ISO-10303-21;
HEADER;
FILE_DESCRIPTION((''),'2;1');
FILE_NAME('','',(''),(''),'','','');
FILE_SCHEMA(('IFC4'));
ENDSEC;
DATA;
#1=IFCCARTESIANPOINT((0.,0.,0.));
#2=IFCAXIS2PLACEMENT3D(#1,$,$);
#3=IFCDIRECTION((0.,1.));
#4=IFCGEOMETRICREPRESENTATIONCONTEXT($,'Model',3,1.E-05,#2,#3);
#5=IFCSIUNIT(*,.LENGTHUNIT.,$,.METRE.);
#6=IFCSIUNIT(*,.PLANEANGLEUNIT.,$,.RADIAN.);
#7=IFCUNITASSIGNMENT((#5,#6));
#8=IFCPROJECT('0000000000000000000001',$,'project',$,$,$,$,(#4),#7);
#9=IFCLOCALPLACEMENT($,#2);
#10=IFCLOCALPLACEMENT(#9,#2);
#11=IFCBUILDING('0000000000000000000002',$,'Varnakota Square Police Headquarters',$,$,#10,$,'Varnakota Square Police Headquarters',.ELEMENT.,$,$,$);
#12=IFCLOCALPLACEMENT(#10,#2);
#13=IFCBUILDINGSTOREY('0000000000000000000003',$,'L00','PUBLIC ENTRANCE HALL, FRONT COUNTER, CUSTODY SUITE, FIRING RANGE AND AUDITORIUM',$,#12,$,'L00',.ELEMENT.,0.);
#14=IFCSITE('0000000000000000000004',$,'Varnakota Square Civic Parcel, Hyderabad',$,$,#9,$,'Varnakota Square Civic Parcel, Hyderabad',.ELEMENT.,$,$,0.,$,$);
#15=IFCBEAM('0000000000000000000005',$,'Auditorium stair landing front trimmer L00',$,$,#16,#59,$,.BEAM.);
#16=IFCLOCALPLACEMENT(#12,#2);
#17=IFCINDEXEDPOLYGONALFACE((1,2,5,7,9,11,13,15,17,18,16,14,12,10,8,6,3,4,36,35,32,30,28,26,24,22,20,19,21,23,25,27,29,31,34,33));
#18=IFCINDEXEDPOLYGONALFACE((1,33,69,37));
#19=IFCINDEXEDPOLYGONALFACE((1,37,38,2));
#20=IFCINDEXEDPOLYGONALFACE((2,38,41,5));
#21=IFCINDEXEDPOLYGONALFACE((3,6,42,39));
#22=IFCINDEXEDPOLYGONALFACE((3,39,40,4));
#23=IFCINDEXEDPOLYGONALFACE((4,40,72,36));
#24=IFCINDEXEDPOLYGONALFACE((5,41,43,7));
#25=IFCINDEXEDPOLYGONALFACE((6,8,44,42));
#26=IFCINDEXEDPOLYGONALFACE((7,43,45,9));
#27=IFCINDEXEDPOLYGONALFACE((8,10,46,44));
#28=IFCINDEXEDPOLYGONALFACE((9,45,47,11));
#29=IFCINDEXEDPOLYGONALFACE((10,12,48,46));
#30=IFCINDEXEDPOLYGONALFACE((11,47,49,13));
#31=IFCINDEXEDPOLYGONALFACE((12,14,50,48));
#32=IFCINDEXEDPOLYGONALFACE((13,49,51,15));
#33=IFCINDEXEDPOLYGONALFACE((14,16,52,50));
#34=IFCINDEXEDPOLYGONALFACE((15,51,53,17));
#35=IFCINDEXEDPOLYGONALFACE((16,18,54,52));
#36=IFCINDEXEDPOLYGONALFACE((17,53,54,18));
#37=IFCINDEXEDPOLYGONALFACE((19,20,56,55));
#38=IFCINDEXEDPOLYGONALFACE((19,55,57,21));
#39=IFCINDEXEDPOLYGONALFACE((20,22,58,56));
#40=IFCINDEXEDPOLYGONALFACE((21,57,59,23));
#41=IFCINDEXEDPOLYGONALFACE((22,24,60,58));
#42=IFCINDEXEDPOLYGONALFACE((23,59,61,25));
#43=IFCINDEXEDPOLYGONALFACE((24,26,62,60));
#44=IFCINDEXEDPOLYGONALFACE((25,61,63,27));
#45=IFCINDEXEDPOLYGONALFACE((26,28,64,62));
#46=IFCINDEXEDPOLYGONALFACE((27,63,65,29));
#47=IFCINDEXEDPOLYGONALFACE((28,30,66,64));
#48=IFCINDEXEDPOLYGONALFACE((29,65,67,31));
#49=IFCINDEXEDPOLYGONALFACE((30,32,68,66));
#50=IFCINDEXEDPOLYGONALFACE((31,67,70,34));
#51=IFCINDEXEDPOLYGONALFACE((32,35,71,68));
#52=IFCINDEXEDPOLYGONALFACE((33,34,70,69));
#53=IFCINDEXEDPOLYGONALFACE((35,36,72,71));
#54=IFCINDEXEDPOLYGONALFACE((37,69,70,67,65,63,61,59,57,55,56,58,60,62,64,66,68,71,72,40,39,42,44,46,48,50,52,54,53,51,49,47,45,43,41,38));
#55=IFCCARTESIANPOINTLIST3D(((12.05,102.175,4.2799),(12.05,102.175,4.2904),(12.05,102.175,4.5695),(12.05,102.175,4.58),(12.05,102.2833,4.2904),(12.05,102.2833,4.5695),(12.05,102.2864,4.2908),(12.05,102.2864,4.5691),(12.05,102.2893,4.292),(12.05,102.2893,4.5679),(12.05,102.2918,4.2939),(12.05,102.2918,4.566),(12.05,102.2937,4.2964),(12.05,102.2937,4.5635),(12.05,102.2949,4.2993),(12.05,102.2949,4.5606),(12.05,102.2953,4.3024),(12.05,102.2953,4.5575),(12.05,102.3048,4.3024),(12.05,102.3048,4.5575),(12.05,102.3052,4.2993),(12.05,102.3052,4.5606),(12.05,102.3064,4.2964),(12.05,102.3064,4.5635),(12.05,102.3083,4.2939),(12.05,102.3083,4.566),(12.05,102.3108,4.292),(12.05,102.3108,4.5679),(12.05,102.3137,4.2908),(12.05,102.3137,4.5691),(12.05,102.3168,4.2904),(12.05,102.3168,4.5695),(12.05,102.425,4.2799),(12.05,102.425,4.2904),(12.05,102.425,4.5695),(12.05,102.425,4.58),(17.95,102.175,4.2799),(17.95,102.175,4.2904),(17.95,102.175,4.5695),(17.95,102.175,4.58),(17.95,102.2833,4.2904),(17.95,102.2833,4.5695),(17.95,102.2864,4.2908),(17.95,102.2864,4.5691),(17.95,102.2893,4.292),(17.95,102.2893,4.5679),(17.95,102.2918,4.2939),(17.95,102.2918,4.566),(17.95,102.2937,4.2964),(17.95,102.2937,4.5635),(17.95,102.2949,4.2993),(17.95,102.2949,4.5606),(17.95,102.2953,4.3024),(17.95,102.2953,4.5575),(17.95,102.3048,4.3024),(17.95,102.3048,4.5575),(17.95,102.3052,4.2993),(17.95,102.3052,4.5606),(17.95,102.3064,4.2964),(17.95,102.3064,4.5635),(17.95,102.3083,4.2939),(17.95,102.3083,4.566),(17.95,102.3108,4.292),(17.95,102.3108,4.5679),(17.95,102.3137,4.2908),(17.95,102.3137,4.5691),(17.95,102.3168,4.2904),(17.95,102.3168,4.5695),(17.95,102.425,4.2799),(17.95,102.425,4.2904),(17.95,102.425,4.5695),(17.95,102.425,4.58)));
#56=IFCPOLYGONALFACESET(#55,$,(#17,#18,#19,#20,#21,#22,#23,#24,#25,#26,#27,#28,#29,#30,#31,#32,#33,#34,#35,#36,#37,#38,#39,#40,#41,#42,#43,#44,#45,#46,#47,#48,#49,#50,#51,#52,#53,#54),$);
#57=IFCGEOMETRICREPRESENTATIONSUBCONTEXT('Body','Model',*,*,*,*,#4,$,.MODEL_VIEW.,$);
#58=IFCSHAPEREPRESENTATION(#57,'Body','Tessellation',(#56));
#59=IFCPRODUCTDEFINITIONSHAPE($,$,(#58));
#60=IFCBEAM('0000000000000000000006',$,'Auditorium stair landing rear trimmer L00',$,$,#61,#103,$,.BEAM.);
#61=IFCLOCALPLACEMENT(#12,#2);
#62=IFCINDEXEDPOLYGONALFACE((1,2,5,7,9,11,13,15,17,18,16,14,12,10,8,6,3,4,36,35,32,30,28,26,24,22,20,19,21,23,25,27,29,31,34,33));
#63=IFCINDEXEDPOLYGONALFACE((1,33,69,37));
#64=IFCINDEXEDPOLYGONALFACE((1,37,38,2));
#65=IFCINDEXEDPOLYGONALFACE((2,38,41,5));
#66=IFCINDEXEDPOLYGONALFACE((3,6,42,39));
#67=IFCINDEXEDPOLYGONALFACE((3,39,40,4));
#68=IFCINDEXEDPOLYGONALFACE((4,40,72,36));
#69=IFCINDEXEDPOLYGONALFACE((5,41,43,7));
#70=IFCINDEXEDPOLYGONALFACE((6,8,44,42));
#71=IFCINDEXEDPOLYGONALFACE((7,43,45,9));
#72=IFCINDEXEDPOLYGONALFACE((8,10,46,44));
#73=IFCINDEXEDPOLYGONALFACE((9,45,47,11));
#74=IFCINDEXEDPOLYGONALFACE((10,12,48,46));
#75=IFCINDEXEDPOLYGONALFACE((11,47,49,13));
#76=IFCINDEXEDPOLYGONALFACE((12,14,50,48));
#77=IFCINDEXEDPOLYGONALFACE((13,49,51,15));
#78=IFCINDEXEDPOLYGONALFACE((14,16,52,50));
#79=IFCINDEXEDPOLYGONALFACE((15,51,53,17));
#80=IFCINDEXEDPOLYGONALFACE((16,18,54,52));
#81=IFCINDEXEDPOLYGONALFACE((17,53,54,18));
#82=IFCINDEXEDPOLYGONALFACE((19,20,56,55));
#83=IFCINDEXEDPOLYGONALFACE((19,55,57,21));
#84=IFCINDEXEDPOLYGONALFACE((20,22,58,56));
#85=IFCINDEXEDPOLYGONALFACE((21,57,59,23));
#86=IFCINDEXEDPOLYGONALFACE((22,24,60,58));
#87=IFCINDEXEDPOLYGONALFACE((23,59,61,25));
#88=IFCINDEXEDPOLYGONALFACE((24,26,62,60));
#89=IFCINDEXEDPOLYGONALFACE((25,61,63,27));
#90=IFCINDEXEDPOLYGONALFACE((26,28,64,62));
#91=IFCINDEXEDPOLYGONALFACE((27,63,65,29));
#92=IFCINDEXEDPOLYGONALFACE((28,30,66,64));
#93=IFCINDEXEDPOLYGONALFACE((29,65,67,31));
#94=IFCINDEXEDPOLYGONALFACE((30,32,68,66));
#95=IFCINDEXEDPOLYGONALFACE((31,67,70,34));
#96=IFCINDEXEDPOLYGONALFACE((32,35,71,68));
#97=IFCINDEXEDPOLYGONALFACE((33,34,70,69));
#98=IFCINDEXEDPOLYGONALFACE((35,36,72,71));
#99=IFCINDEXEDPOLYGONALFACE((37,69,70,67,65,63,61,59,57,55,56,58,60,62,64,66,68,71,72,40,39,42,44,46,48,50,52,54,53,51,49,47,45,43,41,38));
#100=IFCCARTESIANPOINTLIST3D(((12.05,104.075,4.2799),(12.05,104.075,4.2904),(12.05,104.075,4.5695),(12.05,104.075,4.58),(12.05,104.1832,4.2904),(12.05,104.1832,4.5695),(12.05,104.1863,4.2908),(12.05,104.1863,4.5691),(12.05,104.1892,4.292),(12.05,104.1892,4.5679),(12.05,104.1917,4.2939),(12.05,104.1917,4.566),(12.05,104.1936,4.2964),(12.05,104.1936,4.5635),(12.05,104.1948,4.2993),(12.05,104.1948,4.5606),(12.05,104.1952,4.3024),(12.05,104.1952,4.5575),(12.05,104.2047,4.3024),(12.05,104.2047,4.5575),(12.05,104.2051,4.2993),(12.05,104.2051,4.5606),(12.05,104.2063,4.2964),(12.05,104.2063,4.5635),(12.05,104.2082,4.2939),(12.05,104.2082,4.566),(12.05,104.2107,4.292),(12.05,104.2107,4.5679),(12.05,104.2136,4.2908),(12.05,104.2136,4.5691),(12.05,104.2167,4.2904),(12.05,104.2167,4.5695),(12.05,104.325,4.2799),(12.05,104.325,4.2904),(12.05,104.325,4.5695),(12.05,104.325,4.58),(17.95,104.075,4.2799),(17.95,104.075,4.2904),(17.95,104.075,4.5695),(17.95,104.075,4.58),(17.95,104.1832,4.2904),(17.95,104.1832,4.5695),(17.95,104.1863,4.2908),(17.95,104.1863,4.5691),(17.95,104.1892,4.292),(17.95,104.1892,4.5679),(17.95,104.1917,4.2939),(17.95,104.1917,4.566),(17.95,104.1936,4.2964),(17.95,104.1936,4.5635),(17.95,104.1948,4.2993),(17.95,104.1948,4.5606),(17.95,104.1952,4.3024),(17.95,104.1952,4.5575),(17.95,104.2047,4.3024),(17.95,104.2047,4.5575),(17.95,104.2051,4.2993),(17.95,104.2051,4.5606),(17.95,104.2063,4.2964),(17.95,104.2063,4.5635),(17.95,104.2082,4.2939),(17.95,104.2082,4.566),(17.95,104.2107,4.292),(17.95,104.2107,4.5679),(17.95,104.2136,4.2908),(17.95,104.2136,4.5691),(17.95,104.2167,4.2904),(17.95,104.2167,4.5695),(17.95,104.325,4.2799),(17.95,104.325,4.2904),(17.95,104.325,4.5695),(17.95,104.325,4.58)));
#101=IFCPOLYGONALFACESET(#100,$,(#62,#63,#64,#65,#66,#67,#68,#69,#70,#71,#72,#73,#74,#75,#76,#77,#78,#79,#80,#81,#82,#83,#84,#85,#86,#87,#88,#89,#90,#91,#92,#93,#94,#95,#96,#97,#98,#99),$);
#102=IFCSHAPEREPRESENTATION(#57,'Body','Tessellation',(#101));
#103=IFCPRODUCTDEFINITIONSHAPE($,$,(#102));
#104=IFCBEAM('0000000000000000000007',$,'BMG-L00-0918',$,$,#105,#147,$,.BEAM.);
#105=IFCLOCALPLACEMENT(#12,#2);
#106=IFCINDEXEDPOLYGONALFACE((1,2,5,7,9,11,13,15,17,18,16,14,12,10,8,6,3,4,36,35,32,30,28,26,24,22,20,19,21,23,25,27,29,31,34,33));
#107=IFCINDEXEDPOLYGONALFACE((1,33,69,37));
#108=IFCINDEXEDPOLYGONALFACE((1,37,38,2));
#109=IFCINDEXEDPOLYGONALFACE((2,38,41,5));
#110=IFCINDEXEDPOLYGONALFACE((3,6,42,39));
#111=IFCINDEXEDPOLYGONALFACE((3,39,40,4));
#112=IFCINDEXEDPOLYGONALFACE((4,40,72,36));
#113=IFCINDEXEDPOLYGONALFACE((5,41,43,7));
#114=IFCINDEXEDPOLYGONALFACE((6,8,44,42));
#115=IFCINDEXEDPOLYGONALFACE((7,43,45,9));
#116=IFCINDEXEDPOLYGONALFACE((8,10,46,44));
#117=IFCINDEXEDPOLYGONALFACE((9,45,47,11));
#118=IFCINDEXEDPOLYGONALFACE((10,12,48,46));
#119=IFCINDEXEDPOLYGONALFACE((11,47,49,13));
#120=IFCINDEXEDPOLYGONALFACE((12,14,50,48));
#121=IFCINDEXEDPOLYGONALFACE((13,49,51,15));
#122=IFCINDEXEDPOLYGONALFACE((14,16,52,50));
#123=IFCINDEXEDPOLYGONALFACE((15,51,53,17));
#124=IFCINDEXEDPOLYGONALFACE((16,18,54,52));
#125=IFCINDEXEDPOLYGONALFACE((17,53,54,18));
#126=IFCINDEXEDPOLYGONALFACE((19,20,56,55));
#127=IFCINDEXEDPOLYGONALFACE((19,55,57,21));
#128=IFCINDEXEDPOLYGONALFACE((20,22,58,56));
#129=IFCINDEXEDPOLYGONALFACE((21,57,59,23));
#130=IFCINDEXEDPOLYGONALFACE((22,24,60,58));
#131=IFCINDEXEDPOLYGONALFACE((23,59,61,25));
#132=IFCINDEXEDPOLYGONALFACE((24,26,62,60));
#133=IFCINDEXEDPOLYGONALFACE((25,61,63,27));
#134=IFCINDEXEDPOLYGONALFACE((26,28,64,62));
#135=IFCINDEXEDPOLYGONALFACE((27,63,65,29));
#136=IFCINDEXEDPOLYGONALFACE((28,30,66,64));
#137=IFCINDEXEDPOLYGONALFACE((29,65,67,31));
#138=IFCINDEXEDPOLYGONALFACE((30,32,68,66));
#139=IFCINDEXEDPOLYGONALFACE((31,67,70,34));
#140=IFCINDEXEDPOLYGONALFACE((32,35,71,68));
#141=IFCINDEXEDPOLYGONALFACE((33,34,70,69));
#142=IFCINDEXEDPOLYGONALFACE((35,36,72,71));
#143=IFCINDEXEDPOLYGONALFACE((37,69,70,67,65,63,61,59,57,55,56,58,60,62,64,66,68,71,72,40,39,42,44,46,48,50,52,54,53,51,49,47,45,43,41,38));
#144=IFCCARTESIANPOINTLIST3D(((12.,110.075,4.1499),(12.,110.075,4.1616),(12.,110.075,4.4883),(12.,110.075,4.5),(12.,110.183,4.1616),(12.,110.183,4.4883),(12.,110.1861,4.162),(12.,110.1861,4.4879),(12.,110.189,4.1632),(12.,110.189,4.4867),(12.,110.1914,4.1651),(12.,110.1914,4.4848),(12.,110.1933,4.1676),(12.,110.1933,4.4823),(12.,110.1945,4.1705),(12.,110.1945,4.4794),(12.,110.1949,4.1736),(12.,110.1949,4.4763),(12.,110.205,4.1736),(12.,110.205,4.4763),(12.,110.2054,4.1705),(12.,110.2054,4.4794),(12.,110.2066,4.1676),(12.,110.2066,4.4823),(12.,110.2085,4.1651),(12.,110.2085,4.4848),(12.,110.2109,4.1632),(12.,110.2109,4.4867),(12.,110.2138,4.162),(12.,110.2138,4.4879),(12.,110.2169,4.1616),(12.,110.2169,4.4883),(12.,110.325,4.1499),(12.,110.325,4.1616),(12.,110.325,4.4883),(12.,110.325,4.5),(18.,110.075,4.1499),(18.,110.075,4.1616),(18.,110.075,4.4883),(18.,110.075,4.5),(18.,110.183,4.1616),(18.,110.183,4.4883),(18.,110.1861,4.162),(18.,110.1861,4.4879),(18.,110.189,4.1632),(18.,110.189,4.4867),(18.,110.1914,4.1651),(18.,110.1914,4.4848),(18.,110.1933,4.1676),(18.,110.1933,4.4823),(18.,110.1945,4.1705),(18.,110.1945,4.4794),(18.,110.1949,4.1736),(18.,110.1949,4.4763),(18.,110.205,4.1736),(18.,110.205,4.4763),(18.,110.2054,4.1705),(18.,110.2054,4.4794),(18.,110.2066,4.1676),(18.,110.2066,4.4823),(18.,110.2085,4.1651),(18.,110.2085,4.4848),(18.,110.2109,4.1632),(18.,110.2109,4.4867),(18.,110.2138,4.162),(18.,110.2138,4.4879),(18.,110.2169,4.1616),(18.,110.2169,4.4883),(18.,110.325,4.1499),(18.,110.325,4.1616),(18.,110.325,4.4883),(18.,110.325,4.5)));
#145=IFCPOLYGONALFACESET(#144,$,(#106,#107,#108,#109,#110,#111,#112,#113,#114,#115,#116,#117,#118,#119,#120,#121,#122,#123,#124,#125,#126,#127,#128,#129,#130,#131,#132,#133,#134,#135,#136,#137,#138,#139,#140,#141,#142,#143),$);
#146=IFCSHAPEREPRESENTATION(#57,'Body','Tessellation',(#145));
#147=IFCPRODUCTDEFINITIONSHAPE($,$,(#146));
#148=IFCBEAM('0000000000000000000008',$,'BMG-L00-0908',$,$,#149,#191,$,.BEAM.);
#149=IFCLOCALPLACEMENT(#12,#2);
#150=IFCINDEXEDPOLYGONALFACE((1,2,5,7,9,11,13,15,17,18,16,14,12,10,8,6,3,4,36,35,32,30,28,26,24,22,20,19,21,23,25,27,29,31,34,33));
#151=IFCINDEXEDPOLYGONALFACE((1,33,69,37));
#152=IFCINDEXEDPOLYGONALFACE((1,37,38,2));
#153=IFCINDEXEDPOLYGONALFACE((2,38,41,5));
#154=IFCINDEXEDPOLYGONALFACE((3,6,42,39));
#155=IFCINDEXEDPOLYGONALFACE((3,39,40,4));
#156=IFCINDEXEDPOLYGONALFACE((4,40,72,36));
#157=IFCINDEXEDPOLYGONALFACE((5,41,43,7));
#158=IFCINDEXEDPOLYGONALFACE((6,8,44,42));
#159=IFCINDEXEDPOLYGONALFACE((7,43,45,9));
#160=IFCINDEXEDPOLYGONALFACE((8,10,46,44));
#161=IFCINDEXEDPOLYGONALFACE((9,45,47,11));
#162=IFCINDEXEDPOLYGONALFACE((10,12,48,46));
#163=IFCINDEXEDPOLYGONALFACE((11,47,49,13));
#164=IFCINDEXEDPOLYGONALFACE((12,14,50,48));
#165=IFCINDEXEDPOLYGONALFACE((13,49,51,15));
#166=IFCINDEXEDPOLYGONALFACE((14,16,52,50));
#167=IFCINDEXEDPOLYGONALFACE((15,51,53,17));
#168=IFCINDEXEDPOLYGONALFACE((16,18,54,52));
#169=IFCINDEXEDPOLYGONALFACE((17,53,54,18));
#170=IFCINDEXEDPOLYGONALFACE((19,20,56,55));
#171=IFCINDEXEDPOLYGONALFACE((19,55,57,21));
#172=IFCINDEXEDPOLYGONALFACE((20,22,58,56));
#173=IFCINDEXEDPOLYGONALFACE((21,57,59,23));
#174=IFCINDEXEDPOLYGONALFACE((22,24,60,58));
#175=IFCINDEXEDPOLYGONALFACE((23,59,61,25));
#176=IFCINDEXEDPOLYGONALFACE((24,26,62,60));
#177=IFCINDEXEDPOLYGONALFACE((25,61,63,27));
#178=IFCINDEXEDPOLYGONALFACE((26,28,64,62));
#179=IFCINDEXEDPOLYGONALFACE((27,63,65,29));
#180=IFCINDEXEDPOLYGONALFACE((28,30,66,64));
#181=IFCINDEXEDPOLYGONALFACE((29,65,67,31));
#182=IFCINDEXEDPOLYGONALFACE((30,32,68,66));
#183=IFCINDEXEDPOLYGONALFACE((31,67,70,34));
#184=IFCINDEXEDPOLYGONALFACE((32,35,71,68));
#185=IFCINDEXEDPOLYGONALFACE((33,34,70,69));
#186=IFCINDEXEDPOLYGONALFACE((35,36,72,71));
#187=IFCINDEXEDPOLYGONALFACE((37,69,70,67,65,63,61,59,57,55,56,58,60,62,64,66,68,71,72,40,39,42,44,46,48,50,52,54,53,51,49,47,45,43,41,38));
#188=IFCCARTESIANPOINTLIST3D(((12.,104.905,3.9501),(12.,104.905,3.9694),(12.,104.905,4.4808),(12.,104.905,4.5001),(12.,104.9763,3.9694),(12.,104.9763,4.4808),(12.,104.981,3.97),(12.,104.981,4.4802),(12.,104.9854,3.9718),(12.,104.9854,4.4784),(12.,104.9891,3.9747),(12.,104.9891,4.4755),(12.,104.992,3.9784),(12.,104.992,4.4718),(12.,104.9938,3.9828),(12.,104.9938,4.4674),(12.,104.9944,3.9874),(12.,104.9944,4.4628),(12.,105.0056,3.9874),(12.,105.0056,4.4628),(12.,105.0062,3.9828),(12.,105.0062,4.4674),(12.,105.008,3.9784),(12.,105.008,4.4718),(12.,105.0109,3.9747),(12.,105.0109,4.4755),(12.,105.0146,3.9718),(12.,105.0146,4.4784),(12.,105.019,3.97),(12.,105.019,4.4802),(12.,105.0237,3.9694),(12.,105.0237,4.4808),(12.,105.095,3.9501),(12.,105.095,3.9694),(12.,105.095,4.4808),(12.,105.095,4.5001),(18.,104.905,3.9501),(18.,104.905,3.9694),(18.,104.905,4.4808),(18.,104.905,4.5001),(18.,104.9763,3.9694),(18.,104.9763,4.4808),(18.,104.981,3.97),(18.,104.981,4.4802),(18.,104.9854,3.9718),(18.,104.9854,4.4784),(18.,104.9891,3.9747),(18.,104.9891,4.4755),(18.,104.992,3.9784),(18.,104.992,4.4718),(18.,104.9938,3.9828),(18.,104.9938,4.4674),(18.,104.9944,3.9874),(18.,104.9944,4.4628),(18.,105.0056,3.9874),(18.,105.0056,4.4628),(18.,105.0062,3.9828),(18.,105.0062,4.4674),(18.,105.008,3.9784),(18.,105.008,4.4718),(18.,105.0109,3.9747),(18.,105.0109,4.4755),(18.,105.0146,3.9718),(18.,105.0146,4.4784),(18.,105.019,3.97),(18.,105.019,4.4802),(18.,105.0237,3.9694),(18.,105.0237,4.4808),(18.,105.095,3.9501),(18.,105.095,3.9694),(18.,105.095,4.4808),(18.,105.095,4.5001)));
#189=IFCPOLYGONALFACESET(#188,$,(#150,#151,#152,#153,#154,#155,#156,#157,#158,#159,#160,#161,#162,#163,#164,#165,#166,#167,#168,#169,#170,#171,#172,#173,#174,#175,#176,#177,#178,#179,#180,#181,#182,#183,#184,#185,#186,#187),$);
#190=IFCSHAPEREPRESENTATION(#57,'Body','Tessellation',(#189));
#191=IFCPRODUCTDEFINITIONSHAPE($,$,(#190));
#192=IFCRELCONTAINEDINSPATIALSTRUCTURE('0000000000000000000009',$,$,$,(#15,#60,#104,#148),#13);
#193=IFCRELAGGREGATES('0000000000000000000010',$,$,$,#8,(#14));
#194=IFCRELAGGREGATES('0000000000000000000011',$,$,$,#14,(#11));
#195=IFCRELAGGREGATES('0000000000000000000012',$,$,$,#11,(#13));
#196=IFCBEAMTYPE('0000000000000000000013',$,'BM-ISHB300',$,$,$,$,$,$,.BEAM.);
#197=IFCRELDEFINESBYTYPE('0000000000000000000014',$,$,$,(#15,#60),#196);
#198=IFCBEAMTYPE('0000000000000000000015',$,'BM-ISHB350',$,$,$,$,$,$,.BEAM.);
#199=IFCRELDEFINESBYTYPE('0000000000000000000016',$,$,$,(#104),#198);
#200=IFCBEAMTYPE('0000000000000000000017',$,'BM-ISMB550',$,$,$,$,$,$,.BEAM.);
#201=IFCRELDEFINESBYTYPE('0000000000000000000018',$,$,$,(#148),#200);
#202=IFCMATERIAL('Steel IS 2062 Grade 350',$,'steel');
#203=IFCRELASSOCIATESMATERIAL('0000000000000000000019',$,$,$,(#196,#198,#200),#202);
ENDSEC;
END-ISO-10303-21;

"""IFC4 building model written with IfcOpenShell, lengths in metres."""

from ifc_helpers import new_model, si_unit, direction, frame, origin, origin_2d, place, context, subcontext, project, spatial, i_section, extrude, material, material_profile, profile_set, type_object, element, save


model = new_model("IFC4")

# Units and contexts
model_context = context("Model", 3, precision=1e-05, world=origin(), true_north=direction((0.0, 1.0)))
body_context = subcontext(model_context, "Body", "Model", "MODEL_VIEW")
ifc_project = project(units=[si_unit("LENGTHUNIT", "METRE"), si_unit("PLANEANGLEUNIT", "RADIAN")], contexts=[model_context])

# Site, building, storey
site_placement = place(None, origin())
site = spatial("IfcSite", under=ifc_project, at=site_placement, Name="Varnakota Square Civic Parcel, Hyderabad", LongName="Varnakota Square Civic Parcel, Hyderabad", CompositionType="ELEMENT", RefElevation=0.0)
building_placement = place(site_placement, origin())
building = spatial("IfcBuilding", under=site, at=building_placement, Name="Varnakota Square Police Headquarters", LongName="Varnakota Square Police Headquarters", CompositionType="ELEMENT")
storey_placement = place(building_placement, origin())
storey = spatial("IfcBuildingStorey", under=building, at=storey_placement, Name="L00", Description="PUBLIC ENTRANCE HALL, FRONT COUNTER, CUSTODY SUITE, FIRING RANGE AND AUDITORIUM", LongName="L00", CompositionType="ELEMENT", Elevation=0.0)

# Beams
ifc_material_1 = material(Name="Steel IS 2062 Grade 350", Category="steel")
ifc_material_profile_1 = material_profile(ifc_material_1, i_section(OverallWidth=0.25, OverallDepth=0.3, WebThickness=0.0095, FlangeThickness=0.0105, FilletRadius=0.012, at=origin_2d()), Name="ISHB 300")
ifc_profile_set_1 = profile_set([ifc_material_profile_1], Name="Steel IS 2062 Grade 350")
beam_type_1 = type_object("IfcBeamType", Name="BM-ISHB300", PredefinedType="BEAM", material=ifc_profile_set_1)
for number, where, z_axis, x_axis, name in (
    (1, (12.05, 102.3, 4.4299), (1.0, 0.0, 0.0), (0.0, 1.0, 0.0), "Auditorium stair landing front trimmer L00"),
    (2, (12.05, 104.2, 4.4299), (1.0, 0.0, 0.0), (0.0, 1.0, 0.0), "Auditorium stair landing rear trimmer L00"),
):
    element("IfcBeam", number, at=place(storey_placement, frame(where, z_axis=z_axis, x_axis=x_axis)), inside=storey, type_object=beam_type_1, Name=name, PredefinedType="BEAM", context=body_context, shape_type="SweptSolid", body=[
        extrude(i_section(OverallWidth=0.25, OverallDepth=0.3, WebThickness=0.0095, FlangeThickness=0.0105, FilletRadius=0.012, at=origin_2d()), origin(), (0.0, 0.0, 1.0), 5.8999),
    ])
ifc_material_profile_2 = material_profile(ifc_material_1, i_section(OverallWidth=0.25, OverallDepth=0.3501, WebThickness=0.01, FlangeThickness=0.0117, FilletRadius=0.012, at=origin_2d()), Name="ISHB 350")
ifc_profile_set_2 = profile_set([ifc_material_profile_2], Name="Steel IS 2062 Grade 350")
beam_type_2 = type_object("IfcBeamType", Name="BM-ISHB350", PredefinedType="BEAM", material=ifc_profile_set_2)
beam_1_placement = place(storey_placement, frame((12.0, 110.2, 4.325), z_axis=(1.0, 0.0, 0.0), x_axis=(0.0, 1.0, 0.0)))
element("IfcBeam", 3, at=beam_1_placement, inside=storey, type_object=beam_type_2, Name="BMG-L00-0918", PredefinedType="BEAM", context=body_context, shape_type="SweptSolid", body=[
    extrude(i_section(OverallWidth=0.25, OverallDepth=0.3501, WebThickness=0.01, FlangeThickness=0.0117, FilletRadius=0.012, at=origin_2d()), origin(), (0.0, 0.0, 1.0), 6.0),
])
ifc_material_profile_3 = material_profile(ifc_material_1, i_section(OverallWidth=0.1899, OverallDepth=0.55, WebThickness=0.0112, FlangeThickness=0.0193, FilletRadius=0.0181, at=origin_2d()), Name="ISMB 550")
ifc_profile_set_3 = profile_set([ifc_material_profile_3], Name="Steel IS 2062 Grade 350")
beam_type_3 = type_object("IfcBeamType", Name="BM-ISMB550", PredefinedType="BEAM", material=ifc_profile_set_3)
beam_2_placement = place(storey_placement, frame((12.0, 105.0, 4.2251), z_axis=(1.0, 0.0, 0.0), x_axis=(0.0, 1.0, 0.0)))
element("IfcBeam", 4, at=beam_2_placement, inside=storey, type_object=beam_type_3, Name="BMG-L00-0908", PredefinedType="BEAM", context=body_context, shape_type="SweptSolid", body=[
    extrude(i_section(OverallWidth=0.1899, OverallDepth=0.55, WebThickness=0.0112, FlangeThickness=0.0193, FilletRadius=0.0181, at=origin_2d()), origin(), (0.0, 0.0, 1.0), 6.0),
])

save(model, "model.ifc")
